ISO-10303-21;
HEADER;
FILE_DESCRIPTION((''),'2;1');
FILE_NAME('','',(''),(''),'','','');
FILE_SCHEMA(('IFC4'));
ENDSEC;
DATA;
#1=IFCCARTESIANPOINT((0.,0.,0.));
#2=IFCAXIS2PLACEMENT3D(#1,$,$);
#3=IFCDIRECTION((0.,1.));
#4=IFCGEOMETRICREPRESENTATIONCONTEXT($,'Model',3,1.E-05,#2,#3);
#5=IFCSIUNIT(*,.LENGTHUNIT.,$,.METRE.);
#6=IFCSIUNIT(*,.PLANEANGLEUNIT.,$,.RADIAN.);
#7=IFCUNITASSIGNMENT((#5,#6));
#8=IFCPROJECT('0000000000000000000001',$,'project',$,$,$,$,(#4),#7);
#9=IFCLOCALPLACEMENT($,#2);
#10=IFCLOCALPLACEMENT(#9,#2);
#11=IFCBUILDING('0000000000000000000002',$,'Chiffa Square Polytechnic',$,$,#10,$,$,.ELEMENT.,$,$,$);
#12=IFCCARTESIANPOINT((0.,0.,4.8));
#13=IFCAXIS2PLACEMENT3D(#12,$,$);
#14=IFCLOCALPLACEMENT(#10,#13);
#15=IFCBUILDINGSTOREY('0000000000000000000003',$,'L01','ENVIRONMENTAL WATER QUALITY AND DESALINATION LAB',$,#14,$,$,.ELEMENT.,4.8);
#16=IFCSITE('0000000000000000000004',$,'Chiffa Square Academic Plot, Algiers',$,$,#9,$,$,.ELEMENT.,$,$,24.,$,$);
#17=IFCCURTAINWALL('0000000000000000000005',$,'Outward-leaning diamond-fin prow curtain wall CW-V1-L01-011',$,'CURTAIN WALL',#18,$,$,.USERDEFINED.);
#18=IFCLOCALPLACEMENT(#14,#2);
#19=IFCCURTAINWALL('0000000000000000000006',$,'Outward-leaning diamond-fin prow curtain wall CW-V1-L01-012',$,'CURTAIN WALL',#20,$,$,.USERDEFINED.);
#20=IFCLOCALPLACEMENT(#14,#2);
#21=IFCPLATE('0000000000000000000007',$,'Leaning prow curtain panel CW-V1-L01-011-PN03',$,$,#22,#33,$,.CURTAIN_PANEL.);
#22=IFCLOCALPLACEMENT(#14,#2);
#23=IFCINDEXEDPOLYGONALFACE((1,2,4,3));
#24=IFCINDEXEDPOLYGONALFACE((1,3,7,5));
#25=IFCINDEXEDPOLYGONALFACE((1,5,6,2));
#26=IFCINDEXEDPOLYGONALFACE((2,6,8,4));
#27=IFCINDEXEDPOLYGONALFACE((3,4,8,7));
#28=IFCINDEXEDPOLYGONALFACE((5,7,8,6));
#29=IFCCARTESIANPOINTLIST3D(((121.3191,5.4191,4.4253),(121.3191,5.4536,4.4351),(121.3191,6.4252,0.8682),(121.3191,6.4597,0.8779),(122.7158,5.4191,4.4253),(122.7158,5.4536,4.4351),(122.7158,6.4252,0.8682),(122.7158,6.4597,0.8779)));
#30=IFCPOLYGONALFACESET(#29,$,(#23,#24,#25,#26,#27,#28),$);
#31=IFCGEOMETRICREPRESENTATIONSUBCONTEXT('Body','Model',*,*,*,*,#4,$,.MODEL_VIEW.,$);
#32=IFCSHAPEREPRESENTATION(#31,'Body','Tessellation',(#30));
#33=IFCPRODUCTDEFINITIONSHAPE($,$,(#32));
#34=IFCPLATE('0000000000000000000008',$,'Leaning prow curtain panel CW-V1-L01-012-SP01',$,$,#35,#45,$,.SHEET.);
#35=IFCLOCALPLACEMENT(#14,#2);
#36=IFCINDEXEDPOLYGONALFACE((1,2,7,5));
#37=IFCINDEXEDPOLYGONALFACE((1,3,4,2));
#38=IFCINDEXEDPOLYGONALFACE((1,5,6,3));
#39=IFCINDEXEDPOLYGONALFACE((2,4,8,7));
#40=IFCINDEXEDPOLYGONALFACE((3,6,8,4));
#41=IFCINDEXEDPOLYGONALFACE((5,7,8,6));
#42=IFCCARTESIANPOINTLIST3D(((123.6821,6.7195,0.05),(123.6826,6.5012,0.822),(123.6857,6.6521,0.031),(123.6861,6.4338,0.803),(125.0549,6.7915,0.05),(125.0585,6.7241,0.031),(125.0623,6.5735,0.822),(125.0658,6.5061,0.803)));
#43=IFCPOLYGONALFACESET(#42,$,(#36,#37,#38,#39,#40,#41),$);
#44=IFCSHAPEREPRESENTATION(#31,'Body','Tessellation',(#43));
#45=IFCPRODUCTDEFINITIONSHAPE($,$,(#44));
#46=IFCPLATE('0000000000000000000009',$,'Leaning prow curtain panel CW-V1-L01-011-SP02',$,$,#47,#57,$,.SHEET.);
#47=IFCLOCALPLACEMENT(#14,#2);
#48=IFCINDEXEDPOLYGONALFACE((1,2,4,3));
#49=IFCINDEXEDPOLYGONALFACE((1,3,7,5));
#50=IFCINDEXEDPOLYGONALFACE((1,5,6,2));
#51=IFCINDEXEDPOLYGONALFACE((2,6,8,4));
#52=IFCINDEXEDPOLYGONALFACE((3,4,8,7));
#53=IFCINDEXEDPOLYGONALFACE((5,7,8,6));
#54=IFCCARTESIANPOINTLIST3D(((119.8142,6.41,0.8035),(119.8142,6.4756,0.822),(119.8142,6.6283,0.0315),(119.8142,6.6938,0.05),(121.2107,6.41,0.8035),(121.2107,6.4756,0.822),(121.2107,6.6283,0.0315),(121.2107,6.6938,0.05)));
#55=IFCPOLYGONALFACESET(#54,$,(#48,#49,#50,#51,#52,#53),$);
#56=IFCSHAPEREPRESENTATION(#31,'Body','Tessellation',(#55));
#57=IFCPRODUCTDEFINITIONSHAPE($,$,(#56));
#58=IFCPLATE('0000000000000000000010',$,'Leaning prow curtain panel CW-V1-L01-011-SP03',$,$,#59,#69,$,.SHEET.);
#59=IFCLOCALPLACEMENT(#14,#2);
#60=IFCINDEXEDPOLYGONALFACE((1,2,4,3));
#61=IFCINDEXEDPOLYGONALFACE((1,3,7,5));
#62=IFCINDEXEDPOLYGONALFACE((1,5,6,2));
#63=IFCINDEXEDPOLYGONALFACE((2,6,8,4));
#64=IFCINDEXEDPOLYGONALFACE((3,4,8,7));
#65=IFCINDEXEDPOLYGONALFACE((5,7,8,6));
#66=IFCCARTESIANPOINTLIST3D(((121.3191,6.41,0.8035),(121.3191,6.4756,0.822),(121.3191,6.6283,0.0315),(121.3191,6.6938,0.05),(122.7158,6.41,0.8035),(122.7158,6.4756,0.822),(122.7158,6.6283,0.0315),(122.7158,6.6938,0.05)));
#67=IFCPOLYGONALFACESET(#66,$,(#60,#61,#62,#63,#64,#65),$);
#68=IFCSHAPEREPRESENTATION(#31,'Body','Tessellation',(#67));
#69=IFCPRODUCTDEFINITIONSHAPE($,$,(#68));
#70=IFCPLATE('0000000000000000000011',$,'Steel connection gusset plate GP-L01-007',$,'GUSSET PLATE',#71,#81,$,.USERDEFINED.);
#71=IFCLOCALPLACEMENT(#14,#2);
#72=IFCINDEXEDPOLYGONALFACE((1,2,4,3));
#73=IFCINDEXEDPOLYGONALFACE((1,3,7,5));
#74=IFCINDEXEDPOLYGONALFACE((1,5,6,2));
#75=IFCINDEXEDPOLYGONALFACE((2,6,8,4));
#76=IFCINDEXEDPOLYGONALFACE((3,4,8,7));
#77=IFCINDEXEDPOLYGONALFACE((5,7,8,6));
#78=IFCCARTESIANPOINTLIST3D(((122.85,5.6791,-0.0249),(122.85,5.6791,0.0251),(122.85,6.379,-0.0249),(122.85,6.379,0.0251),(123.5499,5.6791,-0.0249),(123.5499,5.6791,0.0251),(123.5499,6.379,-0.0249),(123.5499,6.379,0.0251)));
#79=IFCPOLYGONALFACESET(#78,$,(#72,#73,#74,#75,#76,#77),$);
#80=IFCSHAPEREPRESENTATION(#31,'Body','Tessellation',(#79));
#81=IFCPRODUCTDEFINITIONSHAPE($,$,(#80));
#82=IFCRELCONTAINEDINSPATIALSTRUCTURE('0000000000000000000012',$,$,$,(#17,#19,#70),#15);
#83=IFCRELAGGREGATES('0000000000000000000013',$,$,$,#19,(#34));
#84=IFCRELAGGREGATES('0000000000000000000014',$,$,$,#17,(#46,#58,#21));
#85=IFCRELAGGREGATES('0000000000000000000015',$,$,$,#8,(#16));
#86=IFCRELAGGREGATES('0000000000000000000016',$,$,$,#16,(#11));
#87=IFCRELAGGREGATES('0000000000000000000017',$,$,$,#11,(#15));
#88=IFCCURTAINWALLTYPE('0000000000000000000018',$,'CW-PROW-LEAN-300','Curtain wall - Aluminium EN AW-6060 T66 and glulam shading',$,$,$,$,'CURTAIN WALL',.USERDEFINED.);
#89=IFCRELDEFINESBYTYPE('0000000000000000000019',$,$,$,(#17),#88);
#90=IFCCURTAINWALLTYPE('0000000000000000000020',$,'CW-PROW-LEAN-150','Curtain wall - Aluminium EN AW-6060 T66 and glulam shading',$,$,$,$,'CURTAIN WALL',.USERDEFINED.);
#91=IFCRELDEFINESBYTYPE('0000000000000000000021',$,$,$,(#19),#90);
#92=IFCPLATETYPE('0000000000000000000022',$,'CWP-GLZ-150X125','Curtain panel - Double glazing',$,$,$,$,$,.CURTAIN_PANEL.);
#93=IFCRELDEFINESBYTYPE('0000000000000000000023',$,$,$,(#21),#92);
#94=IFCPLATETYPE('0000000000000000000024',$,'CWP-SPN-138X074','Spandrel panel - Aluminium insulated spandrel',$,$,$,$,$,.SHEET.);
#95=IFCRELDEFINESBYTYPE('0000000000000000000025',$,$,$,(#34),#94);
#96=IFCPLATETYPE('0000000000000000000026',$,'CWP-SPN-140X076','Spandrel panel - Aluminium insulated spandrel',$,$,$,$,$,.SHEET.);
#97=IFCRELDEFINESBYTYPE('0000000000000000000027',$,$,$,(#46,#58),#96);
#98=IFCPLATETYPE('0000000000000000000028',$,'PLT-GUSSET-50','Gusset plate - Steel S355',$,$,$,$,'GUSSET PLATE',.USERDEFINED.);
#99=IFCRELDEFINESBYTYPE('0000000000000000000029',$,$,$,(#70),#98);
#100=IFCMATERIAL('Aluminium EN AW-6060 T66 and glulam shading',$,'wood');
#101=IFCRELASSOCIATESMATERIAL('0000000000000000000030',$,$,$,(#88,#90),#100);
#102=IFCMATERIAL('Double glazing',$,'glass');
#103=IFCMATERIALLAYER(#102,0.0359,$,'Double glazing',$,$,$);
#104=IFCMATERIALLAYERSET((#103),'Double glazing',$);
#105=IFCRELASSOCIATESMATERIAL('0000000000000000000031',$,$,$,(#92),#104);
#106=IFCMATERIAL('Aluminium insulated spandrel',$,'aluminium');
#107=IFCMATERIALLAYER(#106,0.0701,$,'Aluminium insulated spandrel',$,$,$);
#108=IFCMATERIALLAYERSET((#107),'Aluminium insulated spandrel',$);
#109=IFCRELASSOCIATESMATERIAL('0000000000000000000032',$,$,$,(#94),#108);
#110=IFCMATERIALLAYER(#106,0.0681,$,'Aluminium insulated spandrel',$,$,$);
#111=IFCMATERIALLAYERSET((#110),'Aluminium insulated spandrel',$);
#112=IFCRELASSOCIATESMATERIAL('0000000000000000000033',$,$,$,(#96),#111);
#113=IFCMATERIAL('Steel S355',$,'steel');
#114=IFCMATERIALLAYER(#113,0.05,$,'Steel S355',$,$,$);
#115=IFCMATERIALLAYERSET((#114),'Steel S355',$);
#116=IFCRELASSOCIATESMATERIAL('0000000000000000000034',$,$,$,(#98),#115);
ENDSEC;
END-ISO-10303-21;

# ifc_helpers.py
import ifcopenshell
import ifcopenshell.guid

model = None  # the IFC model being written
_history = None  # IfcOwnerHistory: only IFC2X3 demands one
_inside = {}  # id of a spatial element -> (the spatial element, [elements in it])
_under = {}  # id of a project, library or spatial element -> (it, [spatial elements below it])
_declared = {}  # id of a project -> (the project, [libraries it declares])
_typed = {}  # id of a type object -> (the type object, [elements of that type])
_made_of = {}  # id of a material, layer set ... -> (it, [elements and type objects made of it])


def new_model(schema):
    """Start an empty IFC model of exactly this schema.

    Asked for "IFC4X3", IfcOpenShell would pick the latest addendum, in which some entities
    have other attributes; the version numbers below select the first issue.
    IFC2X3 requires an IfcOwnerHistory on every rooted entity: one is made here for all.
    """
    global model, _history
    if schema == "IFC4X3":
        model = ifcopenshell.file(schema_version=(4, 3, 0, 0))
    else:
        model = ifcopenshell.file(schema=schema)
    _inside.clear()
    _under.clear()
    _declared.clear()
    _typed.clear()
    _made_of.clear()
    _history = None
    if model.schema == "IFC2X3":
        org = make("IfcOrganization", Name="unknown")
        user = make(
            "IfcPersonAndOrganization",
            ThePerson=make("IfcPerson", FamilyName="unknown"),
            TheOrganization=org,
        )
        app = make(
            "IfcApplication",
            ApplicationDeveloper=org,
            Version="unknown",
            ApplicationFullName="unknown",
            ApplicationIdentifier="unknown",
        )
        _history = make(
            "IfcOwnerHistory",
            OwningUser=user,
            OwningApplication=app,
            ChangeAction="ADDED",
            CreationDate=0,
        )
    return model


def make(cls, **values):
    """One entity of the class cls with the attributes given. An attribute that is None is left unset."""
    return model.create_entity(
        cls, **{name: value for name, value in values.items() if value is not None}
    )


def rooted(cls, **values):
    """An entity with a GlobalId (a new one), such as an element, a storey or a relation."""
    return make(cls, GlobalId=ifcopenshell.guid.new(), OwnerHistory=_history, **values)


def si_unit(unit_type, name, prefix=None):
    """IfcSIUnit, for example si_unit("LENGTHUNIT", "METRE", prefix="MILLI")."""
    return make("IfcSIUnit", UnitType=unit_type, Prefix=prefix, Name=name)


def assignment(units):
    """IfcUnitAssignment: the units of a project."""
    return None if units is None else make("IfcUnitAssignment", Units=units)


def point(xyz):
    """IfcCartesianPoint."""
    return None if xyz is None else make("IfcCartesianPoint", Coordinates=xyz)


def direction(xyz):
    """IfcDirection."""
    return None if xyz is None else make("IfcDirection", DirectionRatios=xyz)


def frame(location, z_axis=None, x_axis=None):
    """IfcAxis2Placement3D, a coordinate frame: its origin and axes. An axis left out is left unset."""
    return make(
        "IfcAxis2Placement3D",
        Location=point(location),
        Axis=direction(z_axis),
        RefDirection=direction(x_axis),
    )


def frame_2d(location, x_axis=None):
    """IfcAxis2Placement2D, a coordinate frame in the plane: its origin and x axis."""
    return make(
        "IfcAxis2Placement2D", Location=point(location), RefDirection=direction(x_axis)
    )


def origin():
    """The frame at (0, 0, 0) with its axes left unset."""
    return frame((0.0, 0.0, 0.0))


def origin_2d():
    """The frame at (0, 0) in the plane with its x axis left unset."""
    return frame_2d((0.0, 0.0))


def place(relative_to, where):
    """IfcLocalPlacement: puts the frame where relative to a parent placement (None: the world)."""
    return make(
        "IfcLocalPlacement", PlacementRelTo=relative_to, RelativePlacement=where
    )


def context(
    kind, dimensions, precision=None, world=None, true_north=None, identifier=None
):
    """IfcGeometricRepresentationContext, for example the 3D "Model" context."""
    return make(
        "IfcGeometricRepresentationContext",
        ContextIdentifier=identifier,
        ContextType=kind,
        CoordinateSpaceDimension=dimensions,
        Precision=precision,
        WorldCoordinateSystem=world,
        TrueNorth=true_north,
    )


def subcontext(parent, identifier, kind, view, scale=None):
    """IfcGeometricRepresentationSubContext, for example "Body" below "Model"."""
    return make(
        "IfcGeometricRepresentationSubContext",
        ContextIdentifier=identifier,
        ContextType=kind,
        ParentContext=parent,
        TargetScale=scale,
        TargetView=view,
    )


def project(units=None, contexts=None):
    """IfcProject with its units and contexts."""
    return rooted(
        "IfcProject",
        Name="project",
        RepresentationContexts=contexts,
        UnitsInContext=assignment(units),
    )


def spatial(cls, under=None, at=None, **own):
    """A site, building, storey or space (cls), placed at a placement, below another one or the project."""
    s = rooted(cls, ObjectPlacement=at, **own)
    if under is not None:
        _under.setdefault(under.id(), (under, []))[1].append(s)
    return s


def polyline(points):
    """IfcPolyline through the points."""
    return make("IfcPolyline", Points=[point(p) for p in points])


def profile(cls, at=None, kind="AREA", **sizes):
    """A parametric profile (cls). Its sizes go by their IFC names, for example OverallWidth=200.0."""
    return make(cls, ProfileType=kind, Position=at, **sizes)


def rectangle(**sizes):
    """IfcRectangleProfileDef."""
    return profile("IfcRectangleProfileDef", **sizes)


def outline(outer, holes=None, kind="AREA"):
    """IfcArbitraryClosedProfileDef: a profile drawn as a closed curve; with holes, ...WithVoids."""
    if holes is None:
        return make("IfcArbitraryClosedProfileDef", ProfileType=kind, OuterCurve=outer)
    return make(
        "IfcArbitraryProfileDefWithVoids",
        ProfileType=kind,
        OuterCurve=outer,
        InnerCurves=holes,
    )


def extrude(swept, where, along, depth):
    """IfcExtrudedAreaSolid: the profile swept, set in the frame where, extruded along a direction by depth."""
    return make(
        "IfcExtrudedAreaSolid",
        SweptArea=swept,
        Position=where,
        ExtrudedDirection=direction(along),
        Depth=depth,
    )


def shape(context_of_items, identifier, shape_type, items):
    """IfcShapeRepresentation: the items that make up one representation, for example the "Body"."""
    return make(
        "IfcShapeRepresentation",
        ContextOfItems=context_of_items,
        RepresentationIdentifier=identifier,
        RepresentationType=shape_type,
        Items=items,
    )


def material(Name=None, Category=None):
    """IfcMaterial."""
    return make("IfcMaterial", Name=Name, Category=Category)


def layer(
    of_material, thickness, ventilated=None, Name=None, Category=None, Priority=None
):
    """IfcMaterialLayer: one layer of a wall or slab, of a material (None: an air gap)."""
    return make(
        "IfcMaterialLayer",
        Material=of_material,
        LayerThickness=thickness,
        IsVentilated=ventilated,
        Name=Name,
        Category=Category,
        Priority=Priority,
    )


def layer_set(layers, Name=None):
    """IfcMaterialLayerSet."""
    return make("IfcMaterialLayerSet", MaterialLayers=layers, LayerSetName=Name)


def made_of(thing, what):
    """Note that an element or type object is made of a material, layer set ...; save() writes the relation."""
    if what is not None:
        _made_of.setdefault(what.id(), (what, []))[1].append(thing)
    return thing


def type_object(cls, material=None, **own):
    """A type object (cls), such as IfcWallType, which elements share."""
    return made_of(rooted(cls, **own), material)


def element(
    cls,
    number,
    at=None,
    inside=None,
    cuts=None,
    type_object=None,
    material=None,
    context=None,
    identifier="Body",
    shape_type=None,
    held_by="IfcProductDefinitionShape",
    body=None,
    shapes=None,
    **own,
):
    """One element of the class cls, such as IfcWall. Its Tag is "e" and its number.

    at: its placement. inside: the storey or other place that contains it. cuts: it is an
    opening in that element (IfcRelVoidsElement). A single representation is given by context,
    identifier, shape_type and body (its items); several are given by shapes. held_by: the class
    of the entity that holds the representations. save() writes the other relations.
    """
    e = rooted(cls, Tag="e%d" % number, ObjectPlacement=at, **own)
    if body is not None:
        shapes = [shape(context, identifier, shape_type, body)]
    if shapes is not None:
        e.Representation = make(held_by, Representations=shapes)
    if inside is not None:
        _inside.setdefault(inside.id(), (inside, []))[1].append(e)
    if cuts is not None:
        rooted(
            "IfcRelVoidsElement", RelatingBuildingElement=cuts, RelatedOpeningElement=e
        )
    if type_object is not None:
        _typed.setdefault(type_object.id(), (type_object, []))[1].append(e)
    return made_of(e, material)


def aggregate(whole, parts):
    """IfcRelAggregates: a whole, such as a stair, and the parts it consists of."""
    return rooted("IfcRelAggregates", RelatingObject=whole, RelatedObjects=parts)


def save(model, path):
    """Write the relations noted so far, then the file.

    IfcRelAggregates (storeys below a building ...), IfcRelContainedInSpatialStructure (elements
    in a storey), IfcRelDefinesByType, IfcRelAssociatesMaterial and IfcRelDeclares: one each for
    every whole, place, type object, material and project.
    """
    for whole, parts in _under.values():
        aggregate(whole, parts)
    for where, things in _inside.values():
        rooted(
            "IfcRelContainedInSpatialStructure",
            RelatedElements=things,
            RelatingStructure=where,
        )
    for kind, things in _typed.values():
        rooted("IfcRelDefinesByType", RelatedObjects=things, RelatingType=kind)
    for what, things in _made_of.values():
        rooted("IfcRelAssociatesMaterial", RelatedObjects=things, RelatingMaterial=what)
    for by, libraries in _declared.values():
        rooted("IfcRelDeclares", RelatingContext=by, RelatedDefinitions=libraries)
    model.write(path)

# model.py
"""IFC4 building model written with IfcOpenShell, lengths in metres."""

from ifc_helpers import new_model, si_unit, direction, frame, origin, origin_2d, place, context, subcontext, project, spatial, polyline, rectangle, outline, extrude, material, layer, layer_set, type_object, element, aggregate, save


model = new_model("IFC4")

# Units and contexts
model_context = context("Model", 3, precision=1e-05, world=origin(), true_north=direction((0.0, 1.0)))
body_context = subcontext(model_context, "Body", "Model", "MODEL_VIEW")
ifc_project = project(units=[si_unit("LENGTHUNIT", "METRE"), si_unit("PLANEANGLEUNIT", "RADIAN")], contexts=[model_context])

# Site, building, storey
site_placement = place(None, origin())
site = spatial("IfcSite", under=ifc_project, at=site_placement, Name="Chiffa Square Academic Plot, Algiers", CompositionType="ELEMENT", RefElevation=24.0)
building_placement = place(site_placement, origin())
building = spatial("IfcBuilding", under=site, at=building_placement, Name="Chiffa Square Polytechnic", CompositionType="ELEMENT")
storey_placement = place(building_placement, frame((0.0, 0.0, 4.8)))
storey = spatial("IfcBuildingStorey", under=building, at=storey_placement, Name="L01", Description="ENVIRONMENTAL WATER QUALITY AND DESALINATION LAB", CompositionType="ELEMENT", Elevation=4.8)

# Shared definitions
ifc_material_1 = material(Name="Steel S355", Category="steel")

# Curtain wall
ifc_material_2 = material(Name="Aluminium EN AW-6060 T66 and glulam shading", Category="wood")
curtain_wall_type_1 = type_object("IfcCurtainWallType", Name="CW-PROW-LEAN-300", Description="Curtain wall - Aluminium EN AW-6060 T66 and glulam shading", ElementType="CURTAIN WALL", PredefinedType="USERDEFINED", material=ifc_material_2)
curtain_wall_1_placement = place(storey_placement, origin())
curtain_wall_1 = element("IfcCurtainWall", 1, at=curtain_wall_1_placement, inside=storey, type_object=curtain_wall_type_1, Name="Outward-leaning diamond-fin prow curtain wall CW-V1-L01-011", ObjectType="CURTAIN WALL", PredefinedType="USERDEFINED")

# Curtain wall
curtain_wall_type_2 = type_object("IfcCurtainWallType", Name="CW-PROW-LEAN-150", Description="Curtain wall - Aluminium EN AW-6060 T66 and glulam shading", ElementType="CURTAIN WALL", PredefinedType="USERDEFINED", material=ifc_material_2)
curtain_wall_2_placement = place(storey_placement, origin())
curtain_wall_2 = element("IfcCurtainWall", 2, at=curtain_wall_2_placement, inside=storey, type_object=curtain_wall_type_2, Name="Outward-leaning diamond-fin prow curtain wall CW-V1-L01-012", ObjectType="CURTAIN WALL", PredefinedType="USERDEFINED")

# Plates
ifc_material_3 = material(Name="Double glazing", Category="glass")
ifc_layer_1 = layer(ifc_material_3, 0.0359, Name="Double glazing")
ifc_layer_set_1 = layer_set([ifc_layer_1], Name="Double glazing")
plate_type_1 = type_object("IfcPlateType", Name="CWP-GLZ-150X125", Description="Curtain panel - Double glazing", PredefinedType="CURTAIN_PANEL", material=ifc_layer_set_1)
plate_1_placement = place(storey_placement, frame((121.3191, 6.4597, 0.8779), z_axis=(0.0, 0.962251, 0.272164), x_axis=(1.0, 0.0, 0.0)))
plate_1 = element("IfcPlate", 3, at=plate_1_placement, type_object=plate_type_1, Name="Leaning prow curtain panel CW-V1-L01-011-PN03", PredefinedType="CURTAIN_PANEL", context=body_context, shape_type="SweptSolid", body=[
    extrude(outline(polyline([(0.0, 0.0), (1.3967, 0.0), (1.3967, -3.6967), (0.0, -3.6967), (0.0, 0.0)])), origin(), (0.0, 0.0, -1.0), 0.0359),
])
ifc_material_4 = material(Name="Aluminium insulated spandrel", Category="aluminium")
ifc_layer_2 = layer(ifc_material_4, 0.0701, Name="Aluminium insulated spandrel")
ifc_layer_set_2 = layer_set([ifc_layer_2], Name="Aluminium insulated spandrel")
plate_type_2 = type_object("IfcPlateType", Name="CWP-SPN-138X074", Description="Spandrel panel - Aluminium insulated spandrel", PredefinedType="SHEET", material=ifc_layer_set_2)
plate_2_placement = place(storey_placement, frame((123.6821, 6.7195, 0.05), z_axis=(-0.050379, 0.961029, 0.271817), x_axis=(0.998629, 0.052353, -0.000011)))
plate_2 = element("IfcPlate", 4, at=plate_2_placement, type_object=plate_type_2, Name="Leaning prow curtain panel CW-V1-L01-012-SP01", PredefinedType="SHEET", context=body_context, shape_type="SweptSolid", body=[
    extrude(outline(polyline([(0.0, 0.0), (1.3747, 0.0), (1.3706, -0.8022), (-0.0109, -0.8022), (0.0, 0.0)])), origin(), (0.0, 0.0, -1.0), 0.0701),
])
aggregate(curtain_wall_2, [plate_2])
ifc_layer_3 = layer(ifc_material_4, 0.0681, Name="Aluminium insulated spandrel")
ifc_layer_set_3 = layer_set([ifc_layer_3], Name="Aluminium insulated spandrel")
plate_type_3 = type_object("IfcPlateType", Name="CWP-SPN-140X076", Description="Spandrel panel - Aluminium insulated spandrel", PredefinedType="SHEET", material=ifc_layer_set_3)
plate_3_placement = place(storey_placement, frame((119.8142, 6.6938, 0.05), z_axis=(0.0, 0.962278, 0.272067), x_axis=(1.0, 0.0, 0.0)))
plate_3 = element("IfcPlate", 5, at=plate_3_placement, type_object=plate_type_3, Name="Leaning prow curtain panel CW-V1-L01-011-SP02", PredefinedType="SHEET", context=body_context, shape_type="SweptSolid", body=[
    extrude(outline(polyline([(0.0, 0.0), (1.3965, 0.0), (1.3965, -0.8022), (0.0, -0.8022), (0.0, 0.0)])), origin(), (0.0, 0.0, -1.0), 0.0681),
])
plate_4_placement = place(storey_placement, frame((121.3191, 6.6938, 0.05), z_axis=(0.0, 0.962278, 0.272067), x_axis=(1.0, 0.0, 0.0)))
plate_4 = element("IfcPlate", 6, at=plate_4_placement, type_object=plate_type_3, Name="Leaning prow curtain panel CW-V1-L01-011-SP03", PredefinedType="SHEET", context=body_context, shape_type="SweptSolid", body=[
    extrude(outline(polyline([(0.0, 0.0), (1.3967, 0.0), (1.3967, -0.8022), (0.0, -0.8022), (0.0, 0.0)])), origin(), (0.0, 0.0, -1.0), 0.0681),
])
aggregate(curtain_wall_1, [plate_3, plate_4, plate_1])
ifc_layer_4 = layer(ifc_material_1, 0.05, Name="Steel S355")
ifc_layer_set_4 = layer_set([ifc_layer_4], Name="Steel S355")
plate_type_4 = type_object("IfcPlateType", Name="PLT-GUSSET-50", Description="Gusset plate - Steel S355", ElementType="GUSSET PLATE", PredefinedType="USERDEFINED", material=ifc_layer_set_4)
plate_5_placement = place(storey_placement, frame((123.2, 6.0291, -0.0249), z_axis=(0.0, 0.0, 1.0), x_axis=(1.0, 0.0, 0.0)))
element("IfcPlate", 7, at=plate_5_placement, inside=storey, type_object=plate_type_4, Name="Steel connection gusset plate GP-L01-007", ObjectType="GUSSET PLATE", PredefinedType="USERDEFINED", context=body_context, shape_type="SweptSolid", body=[
    extrude(rectangle(XDim=0.7, YDim=0.7, at=origin_2d()), origin(), (0.0, 0.0, 1.0), 0.05),
])

save(model, "model.ifc")
